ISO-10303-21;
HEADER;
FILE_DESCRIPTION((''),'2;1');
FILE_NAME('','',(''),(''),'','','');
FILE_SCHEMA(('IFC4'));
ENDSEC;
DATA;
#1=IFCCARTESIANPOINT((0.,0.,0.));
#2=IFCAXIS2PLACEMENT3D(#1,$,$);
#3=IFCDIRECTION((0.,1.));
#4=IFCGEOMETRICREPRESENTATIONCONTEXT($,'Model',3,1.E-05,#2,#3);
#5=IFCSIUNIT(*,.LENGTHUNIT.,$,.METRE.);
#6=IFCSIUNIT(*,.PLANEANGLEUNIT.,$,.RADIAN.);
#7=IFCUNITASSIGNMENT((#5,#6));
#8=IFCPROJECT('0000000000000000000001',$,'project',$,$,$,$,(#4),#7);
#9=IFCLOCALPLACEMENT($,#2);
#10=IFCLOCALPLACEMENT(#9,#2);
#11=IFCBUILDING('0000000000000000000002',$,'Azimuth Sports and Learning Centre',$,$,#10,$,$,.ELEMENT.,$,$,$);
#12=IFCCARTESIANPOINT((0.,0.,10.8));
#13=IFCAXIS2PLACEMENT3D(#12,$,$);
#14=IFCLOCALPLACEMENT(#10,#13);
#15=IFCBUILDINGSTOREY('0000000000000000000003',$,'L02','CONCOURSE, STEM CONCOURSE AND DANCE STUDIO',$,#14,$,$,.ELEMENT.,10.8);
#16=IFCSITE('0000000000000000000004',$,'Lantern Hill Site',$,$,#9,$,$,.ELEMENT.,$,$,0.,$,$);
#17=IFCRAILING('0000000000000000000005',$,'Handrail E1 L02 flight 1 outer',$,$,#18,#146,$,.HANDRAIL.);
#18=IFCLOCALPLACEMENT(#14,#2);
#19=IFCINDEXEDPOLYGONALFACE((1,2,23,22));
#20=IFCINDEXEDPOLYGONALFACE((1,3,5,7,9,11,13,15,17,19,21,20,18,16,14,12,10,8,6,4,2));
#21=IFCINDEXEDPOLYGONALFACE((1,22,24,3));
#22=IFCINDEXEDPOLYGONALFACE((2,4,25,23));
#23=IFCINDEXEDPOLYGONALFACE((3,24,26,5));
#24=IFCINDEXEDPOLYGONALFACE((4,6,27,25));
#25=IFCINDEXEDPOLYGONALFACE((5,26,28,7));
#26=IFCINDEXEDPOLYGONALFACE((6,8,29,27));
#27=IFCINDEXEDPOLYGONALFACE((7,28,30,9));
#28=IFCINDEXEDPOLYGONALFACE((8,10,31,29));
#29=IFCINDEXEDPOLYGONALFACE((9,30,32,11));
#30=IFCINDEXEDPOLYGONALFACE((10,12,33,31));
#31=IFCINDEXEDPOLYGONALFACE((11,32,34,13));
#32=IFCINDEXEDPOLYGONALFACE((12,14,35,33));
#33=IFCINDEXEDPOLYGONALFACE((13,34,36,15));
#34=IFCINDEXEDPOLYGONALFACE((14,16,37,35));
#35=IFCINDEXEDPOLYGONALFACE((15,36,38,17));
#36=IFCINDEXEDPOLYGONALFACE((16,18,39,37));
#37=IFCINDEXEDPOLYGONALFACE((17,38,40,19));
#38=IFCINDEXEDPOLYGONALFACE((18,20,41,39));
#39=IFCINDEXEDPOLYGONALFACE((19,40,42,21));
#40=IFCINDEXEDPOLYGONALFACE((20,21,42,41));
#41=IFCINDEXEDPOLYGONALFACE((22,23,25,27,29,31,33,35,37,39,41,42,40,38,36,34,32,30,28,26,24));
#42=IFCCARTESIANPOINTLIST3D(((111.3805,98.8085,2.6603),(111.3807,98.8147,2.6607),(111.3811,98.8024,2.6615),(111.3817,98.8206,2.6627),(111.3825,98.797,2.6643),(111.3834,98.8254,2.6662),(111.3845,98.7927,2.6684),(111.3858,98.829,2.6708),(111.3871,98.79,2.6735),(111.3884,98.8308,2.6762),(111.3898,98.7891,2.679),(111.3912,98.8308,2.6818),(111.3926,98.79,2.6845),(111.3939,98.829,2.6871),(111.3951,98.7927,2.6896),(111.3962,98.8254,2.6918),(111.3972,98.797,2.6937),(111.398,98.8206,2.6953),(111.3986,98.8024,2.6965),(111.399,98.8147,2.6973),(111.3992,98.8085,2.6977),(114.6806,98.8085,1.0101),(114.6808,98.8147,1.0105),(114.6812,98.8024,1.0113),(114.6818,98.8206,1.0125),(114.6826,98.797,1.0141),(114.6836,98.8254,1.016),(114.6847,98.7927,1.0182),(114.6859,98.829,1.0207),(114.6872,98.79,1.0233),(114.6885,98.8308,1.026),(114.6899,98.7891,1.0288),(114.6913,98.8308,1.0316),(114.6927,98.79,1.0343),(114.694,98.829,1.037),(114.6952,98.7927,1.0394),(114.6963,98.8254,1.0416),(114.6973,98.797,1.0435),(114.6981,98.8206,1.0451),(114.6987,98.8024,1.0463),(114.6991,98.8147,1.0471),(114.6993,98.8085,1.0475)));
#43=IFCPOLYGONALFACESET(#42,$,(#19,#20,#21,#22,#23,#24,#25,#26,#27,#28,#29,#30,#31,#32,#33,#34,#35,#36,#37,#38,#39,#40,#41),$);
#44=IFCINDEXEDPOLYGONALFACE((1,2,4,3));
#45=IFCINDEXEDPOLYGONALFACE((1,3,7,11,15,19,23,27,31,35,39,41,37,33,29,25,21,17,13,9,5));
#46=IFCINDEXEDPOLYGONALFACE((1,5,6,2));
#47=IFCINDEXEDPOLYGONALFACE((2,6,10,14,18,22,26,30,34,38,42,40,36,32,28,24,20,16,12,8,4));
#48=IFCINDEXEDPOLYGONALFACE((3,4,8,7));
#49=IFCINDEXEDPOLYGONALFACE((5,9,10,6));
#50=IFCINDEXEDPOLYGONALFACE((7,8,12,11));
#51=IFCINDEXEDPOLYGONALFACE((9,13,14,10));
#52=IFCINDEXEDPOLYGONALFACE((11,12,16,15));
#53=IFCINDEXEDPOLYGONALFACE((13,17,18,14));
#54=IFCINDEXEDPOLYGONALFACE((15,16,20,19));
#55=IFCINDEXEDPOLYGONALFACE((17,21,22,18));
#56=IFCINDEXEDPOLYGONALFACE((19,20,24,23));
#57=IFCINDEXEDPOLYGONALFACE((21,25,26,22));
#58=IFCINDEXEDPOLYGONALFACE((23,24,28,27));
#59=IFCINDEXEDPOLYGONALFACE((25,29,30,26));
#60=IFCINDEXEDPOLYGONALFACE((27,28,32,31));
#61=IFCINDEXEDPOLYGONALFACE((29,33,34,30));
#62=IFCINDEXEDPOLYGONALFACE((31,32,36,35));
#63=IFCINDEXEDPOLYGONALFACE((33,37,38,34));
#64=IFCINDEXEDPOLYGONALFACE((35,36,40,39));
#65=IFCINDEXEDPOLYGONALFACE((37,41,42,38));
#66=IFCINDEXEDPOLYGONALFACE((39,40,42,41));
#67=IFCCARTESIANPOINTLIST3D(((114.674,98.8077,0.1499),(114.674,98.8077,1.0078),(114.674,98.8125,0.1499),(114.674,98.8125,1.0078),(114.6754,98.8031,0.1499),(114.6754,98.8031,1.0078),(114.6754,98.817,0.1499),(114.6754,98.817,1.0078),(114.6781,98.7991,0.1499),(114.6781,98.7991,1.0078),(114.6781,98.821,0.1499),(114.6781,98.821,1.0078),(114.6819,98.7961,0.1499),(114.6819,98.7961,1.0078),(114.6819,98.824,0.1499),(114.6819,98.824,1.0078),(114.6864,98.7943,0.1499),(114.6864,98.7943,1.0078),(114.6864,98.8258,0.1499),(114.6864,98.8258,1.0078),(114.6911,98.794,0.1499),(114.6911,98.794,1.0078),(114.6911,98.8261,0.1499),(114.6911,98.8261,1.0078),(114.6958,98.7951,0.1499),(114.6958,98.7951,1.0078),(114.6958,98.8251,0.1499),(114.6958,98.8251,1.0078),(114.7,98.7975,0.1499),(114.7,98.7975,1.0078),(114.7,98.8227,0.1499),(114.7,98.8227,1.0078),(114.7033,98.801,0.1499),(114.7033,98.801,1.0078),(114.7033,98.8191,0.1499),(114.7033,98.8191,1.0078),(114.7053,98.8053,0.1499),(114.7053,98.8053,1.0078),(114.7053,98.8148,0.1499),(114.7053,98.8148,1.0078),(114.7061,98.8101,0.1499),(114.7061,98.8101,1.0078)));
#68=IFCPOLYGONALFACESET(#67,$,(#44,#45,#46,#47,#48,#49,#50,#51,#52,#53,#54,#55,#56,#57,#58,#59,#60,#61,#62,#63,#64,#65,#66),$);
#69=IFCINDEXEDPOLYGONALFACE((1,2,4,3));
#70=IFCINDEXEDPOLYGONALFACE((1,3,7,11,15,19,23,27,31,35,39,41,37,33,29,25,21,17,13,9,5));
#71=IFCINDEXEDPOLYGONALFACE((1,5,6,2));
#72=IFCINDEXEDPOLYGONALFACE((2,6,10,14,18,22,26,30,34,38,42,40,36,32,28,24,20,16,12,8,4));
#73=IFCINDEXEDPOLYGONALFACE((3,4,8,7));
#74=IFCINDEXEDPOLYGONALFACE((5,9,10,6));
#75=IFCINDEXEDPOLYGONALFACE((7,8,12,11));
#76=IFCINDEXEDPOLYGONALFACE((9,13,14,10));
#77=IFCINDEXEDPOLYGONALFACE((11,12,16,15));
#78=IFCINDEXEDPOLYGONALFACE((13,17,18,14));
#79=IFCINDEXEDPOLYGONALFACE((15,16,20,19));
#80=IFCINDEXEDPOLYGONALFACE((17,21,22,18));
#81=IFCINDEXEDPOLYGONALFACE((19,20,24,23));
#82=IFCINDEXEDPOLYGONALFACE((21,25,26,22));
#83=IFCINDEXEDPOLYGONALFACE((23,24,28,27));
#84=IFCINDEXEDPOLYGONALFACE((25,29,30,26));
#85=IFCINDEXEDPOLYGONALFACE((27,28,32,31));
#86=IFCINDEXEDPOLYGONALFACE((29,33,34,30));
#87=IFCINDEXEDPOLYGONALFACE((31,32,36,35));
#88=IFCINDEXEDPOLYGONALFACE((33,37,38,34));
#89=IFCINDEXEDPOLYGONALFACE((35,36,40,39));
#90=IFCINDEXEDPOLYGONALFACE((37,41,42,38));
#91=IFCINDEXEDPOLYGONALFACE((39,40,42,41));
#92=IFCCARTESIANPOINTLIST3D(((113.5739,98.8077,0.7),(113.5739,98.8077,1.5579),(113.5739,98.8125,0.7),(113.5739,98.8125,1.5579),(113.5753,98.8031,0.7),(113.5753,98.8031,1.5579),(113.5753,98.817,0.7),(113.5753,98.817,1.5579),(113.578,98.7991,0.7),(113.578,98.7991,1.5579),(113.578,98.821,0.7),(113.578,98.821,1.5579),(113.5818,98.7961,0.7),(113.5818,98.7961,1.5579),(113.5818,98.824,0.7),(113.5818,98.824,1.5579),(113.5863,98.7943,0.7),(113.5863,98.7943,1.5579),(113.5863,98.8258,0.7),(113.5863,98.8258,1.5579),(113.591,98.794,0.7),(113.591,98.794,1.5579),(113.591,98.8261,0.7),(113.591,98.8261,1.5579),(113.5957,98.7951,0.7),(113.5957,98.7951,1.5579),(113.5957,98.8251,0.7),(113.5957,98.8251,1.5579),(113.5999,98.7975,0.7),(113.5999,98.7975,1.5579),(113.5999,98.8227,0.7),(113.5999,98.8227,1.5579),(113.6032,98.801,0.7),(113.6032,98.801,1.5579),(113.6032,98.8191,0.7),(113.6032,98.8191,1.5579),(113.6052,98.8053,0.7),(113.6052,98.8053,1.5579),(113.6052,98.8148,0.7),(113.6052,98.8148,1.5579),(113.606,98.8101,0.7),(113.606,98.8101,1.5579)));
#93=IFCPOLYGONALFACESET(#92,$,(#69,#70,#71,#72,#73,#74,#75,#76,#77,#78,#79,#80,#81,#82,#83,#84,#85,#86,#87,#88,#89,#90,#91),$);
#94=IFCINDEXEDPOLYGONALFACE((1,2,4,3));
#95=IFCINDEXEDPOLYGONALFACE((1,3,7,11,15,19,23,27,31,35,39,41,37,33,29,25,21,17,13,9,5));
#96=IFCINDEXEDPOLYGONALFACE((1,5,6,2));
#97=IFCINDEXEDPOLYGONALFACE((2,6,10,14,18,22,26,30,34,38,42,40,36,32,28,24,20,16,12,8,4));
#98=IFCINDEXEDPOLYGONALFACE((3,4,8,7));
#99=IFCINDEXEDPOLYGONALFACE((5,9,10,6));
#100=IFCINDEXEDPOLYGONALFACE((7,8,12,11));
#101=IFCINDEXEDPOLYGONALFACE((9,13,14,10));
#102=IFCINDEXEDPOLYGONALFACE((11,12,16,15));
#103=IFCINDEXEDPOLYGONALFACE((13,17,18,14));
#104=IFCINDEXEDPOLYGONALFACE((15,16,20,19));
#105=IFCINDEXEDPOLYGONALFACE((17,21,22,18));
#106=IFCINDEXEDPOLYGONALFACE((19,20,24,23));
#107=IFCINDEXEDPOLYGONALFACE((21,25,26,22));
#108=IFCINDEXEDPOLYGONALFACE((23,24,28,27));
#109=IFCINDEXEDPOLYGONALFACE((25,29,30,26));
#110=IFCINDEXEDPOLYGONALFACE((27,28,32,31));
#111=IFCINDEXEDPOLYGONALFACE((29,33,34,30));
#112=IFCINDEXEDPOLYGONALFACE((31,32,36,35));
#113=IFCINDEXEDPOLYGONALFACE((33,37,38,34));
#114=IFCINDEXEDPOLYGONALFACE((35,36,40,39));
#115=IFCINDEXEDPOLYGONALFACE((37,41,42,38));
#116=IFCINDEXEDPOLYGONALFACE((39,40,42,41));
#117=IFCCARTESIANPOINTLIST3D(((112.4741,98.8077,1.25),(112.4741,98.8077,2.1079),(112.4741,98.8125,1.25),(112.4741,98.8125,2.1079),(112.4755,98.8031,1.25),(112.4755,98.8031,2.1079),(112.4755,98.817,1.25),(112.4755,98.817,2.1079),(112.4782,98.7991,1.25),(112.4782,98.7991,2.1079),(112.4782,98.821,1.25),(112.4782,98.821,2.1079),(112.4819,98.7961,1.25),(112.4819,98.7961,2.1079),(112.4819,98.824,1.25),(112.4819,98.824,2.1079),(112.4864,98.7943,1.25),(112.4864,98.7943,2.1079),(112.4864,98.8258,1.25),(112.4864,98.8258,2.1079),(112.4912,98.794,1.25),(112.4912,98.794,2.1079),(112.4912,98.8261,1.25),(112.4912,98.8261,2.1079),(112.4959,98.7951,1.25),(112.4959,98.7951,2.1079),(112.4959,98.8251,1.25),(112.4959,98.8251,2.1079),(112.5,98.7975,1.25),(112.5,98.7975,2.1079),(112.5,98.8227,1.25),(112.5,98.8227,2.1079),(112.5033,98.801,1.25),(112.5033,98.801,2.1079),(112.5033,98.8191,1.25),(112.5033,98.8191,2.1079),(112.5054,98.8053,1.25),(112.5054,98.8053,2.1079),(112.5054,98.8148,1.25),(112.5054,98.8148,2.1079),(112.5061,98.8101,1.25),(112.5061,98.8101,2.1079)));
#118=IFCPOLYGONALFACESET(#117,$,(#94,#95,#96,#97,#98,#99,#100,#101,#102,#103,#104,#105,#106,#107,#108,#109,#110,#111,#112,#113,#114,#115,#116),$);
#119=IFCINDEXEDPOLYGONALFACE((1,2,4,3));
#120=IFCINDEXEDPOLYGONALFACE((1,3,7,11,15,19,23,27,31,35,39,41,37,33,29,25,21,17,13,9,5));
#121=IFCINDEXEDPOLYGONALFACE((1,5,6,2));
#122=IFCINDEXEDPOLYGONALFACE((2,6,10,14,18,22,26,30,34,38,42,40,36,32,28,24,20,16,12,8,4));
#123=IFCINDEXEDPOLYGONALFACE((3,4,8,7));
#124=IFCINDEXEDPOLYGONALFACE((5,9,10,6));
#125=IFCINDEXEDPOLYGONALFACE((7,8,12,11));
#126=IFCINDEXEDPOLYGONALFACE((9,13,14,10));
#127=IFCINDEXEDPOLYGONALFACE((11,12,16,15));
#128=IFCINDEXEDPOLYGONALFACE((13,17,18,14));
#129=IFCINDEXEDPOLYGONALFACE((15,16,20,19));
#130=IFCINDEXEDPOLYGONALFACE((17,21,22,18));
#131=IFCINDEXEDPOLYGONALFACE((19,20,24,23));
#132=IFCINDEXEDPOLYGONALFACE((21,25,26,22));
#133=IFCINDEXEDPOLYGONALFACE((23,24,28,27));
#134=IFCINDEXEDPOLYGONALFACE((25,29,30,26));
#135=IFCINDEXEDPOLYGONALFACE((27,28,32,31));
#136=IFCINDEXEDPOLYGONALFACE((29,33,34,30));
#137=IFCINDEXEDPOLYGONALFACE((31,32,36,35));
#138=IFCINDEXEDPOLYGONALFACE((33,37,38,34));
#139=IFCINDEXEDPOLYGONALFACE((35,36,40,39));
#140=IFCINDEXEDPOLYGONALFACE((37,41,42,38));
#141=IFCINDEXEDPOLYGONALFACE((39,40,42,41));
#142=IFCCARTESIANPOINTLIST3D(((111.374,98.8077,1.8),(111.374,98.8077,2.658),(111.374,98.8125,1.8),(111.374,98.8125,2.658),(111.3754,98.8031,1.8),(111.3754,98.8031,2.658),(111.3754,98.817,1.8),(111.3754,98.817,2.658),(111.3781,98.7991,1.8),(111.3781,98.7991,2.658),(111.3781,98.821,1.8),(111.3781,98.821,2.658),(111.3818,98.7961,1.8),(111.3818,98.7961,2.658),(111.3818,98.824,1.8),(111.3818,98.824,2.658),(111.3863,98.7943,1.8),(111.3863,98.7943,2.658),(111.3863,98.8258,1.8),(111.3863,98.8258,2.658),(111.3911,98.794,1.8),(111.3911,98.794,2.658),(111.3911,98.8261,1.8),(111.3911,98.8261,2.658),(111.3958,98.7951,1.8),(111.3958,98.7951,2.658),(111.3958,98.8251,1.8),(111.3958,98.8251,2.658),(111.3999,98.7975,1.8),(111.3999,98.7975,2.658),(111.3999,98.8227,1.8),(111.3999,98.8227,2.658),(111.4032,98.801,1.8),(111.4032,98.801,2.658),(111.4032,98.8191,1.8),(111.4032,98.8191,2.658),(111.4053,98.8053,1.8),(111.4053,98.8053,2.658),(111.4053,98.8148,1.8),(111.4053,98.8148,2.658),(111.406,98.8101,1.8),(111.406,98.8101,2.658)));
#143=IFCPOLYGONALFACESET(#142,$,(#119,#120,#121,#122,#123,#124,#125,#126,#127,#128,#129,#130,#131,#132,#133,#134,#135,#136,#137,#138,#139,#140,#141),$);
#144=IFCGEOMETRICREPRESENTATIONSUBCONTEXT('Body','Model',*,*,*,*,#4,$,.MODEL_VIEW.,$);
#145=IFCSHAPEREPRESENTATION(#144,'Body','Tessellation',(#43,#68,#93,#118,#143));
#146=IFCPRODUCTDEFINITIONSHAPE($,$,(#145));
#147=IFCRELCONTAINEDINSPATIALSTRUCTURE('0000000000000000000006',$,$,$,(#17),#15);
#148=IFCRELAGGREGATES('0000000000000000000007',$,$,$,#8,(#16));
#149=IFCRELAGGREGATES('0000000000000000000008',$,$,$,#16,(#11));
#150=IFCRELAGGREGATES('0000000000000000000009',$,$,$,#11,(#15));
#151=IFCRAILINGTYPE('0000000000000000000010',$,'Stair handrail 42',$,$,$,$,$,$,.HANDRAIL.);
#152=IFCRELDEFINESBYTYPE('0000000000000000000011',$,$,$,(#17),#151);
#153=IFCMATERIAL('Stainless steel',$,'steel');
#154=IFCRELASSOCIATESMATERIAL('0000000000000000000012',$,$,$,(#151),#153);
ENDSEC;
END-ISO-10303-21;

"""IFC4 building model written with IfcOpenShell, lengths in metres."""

from ifc_helpers import new_model, si_unit, direction, frame, origin, origin_2d, place, context, subcontext, project, spatial, circle, extrude, material, type_object, element, save


model = new_model("IFC4")

# Units and contexts
model_context = context("Model", 3, precision=1e-05, world=origin(), true_north=direction((0.0, 1.0)))
body_context = subcontext(model_context, "Body", "Model", "MODEL_VIEW")
ifc_project = project(units=[si_unit("LENGTHUNIT", "METRE"), si_unit("PLANEANGLEUNIT", "RADIAN")], contexts=[model_context])

# Site, building, storey
site_placement = place(None, origin())
site = spatial("IfcSite", under=ifc_project, at=site_placement, Name="Lantern Hill Site", CompositionType="ELEMENT", RefElevation=0.0)
building_placement = place(site_placement, origin())
building = spatial("IfcBuilding", under=site, at=building_placement, Name="Azimuth Sports and Learning Centre", CompositionType="ELEMENT")
storey_placement = place(building_placement, frame((0.0, 0.0, 10.8)))
storey = spatial("IfcBuildingStorey", under=building, at=storey_placement, Name="L02", Description="CONCOURSE, STEM CONCOURSE AND DANCE STUDIO", CompositionType="ELEMENT", Elevation=10.8)

# Railing
ifc_material_1 = material(Name="Stainless steel", Category="steel")
railing_type_1 = type_object("IfcRailingType", Name="Stair handrail 42", PredefinedType="HANDRAIL", material=ifc_material_1)
for number, where, name in (
    (1, (114.6899, 98.8101, 0.1499), "Handrail E1 L02 flight 1 outer"),
):
    element("IfcRailing", number, at=place(storey_placement, frame(where)), inside=storey, type_object=railing_type_1, Name=name, PredefinedType="HANDRAIL", context=body_context, shape_type="SweptSolid", body=[
        extrude(circle(Radius=0.021, at=origin_2d()), frame((0.0, 0.0, 0.8789), z_axis=(-0.894414, 0.0, 0.44724), x_axis=(0.0, -1.0, 0.0)), (0.0, 0.0, 1.0), 3.6897),
        extrude(circle(Radius=0.0161, at=origin_2d()), origin(), (0.0, 0.0, 1.0), 0.8579),
        extrude(circle(Radius=0.0161, at=origin_2d()), frame((-1.1001, 0.0, 0.55)), (0.0, 0.0, 1.0), 0.8579),
        extrude(circle(Radius=0.0161, at=origin_2d()), frame((-2.2, 0.0, 1.1001)), (0.0, 0.0, 1.0), 0.8579),
        extrude(circle(Radius=0.0161, at=origin_2d()), frame((-3.3, 0.0, 1.6501)), (0.0, 0.0, 1.0), 0.8579),
    ])

save(model, "model.ifc")
